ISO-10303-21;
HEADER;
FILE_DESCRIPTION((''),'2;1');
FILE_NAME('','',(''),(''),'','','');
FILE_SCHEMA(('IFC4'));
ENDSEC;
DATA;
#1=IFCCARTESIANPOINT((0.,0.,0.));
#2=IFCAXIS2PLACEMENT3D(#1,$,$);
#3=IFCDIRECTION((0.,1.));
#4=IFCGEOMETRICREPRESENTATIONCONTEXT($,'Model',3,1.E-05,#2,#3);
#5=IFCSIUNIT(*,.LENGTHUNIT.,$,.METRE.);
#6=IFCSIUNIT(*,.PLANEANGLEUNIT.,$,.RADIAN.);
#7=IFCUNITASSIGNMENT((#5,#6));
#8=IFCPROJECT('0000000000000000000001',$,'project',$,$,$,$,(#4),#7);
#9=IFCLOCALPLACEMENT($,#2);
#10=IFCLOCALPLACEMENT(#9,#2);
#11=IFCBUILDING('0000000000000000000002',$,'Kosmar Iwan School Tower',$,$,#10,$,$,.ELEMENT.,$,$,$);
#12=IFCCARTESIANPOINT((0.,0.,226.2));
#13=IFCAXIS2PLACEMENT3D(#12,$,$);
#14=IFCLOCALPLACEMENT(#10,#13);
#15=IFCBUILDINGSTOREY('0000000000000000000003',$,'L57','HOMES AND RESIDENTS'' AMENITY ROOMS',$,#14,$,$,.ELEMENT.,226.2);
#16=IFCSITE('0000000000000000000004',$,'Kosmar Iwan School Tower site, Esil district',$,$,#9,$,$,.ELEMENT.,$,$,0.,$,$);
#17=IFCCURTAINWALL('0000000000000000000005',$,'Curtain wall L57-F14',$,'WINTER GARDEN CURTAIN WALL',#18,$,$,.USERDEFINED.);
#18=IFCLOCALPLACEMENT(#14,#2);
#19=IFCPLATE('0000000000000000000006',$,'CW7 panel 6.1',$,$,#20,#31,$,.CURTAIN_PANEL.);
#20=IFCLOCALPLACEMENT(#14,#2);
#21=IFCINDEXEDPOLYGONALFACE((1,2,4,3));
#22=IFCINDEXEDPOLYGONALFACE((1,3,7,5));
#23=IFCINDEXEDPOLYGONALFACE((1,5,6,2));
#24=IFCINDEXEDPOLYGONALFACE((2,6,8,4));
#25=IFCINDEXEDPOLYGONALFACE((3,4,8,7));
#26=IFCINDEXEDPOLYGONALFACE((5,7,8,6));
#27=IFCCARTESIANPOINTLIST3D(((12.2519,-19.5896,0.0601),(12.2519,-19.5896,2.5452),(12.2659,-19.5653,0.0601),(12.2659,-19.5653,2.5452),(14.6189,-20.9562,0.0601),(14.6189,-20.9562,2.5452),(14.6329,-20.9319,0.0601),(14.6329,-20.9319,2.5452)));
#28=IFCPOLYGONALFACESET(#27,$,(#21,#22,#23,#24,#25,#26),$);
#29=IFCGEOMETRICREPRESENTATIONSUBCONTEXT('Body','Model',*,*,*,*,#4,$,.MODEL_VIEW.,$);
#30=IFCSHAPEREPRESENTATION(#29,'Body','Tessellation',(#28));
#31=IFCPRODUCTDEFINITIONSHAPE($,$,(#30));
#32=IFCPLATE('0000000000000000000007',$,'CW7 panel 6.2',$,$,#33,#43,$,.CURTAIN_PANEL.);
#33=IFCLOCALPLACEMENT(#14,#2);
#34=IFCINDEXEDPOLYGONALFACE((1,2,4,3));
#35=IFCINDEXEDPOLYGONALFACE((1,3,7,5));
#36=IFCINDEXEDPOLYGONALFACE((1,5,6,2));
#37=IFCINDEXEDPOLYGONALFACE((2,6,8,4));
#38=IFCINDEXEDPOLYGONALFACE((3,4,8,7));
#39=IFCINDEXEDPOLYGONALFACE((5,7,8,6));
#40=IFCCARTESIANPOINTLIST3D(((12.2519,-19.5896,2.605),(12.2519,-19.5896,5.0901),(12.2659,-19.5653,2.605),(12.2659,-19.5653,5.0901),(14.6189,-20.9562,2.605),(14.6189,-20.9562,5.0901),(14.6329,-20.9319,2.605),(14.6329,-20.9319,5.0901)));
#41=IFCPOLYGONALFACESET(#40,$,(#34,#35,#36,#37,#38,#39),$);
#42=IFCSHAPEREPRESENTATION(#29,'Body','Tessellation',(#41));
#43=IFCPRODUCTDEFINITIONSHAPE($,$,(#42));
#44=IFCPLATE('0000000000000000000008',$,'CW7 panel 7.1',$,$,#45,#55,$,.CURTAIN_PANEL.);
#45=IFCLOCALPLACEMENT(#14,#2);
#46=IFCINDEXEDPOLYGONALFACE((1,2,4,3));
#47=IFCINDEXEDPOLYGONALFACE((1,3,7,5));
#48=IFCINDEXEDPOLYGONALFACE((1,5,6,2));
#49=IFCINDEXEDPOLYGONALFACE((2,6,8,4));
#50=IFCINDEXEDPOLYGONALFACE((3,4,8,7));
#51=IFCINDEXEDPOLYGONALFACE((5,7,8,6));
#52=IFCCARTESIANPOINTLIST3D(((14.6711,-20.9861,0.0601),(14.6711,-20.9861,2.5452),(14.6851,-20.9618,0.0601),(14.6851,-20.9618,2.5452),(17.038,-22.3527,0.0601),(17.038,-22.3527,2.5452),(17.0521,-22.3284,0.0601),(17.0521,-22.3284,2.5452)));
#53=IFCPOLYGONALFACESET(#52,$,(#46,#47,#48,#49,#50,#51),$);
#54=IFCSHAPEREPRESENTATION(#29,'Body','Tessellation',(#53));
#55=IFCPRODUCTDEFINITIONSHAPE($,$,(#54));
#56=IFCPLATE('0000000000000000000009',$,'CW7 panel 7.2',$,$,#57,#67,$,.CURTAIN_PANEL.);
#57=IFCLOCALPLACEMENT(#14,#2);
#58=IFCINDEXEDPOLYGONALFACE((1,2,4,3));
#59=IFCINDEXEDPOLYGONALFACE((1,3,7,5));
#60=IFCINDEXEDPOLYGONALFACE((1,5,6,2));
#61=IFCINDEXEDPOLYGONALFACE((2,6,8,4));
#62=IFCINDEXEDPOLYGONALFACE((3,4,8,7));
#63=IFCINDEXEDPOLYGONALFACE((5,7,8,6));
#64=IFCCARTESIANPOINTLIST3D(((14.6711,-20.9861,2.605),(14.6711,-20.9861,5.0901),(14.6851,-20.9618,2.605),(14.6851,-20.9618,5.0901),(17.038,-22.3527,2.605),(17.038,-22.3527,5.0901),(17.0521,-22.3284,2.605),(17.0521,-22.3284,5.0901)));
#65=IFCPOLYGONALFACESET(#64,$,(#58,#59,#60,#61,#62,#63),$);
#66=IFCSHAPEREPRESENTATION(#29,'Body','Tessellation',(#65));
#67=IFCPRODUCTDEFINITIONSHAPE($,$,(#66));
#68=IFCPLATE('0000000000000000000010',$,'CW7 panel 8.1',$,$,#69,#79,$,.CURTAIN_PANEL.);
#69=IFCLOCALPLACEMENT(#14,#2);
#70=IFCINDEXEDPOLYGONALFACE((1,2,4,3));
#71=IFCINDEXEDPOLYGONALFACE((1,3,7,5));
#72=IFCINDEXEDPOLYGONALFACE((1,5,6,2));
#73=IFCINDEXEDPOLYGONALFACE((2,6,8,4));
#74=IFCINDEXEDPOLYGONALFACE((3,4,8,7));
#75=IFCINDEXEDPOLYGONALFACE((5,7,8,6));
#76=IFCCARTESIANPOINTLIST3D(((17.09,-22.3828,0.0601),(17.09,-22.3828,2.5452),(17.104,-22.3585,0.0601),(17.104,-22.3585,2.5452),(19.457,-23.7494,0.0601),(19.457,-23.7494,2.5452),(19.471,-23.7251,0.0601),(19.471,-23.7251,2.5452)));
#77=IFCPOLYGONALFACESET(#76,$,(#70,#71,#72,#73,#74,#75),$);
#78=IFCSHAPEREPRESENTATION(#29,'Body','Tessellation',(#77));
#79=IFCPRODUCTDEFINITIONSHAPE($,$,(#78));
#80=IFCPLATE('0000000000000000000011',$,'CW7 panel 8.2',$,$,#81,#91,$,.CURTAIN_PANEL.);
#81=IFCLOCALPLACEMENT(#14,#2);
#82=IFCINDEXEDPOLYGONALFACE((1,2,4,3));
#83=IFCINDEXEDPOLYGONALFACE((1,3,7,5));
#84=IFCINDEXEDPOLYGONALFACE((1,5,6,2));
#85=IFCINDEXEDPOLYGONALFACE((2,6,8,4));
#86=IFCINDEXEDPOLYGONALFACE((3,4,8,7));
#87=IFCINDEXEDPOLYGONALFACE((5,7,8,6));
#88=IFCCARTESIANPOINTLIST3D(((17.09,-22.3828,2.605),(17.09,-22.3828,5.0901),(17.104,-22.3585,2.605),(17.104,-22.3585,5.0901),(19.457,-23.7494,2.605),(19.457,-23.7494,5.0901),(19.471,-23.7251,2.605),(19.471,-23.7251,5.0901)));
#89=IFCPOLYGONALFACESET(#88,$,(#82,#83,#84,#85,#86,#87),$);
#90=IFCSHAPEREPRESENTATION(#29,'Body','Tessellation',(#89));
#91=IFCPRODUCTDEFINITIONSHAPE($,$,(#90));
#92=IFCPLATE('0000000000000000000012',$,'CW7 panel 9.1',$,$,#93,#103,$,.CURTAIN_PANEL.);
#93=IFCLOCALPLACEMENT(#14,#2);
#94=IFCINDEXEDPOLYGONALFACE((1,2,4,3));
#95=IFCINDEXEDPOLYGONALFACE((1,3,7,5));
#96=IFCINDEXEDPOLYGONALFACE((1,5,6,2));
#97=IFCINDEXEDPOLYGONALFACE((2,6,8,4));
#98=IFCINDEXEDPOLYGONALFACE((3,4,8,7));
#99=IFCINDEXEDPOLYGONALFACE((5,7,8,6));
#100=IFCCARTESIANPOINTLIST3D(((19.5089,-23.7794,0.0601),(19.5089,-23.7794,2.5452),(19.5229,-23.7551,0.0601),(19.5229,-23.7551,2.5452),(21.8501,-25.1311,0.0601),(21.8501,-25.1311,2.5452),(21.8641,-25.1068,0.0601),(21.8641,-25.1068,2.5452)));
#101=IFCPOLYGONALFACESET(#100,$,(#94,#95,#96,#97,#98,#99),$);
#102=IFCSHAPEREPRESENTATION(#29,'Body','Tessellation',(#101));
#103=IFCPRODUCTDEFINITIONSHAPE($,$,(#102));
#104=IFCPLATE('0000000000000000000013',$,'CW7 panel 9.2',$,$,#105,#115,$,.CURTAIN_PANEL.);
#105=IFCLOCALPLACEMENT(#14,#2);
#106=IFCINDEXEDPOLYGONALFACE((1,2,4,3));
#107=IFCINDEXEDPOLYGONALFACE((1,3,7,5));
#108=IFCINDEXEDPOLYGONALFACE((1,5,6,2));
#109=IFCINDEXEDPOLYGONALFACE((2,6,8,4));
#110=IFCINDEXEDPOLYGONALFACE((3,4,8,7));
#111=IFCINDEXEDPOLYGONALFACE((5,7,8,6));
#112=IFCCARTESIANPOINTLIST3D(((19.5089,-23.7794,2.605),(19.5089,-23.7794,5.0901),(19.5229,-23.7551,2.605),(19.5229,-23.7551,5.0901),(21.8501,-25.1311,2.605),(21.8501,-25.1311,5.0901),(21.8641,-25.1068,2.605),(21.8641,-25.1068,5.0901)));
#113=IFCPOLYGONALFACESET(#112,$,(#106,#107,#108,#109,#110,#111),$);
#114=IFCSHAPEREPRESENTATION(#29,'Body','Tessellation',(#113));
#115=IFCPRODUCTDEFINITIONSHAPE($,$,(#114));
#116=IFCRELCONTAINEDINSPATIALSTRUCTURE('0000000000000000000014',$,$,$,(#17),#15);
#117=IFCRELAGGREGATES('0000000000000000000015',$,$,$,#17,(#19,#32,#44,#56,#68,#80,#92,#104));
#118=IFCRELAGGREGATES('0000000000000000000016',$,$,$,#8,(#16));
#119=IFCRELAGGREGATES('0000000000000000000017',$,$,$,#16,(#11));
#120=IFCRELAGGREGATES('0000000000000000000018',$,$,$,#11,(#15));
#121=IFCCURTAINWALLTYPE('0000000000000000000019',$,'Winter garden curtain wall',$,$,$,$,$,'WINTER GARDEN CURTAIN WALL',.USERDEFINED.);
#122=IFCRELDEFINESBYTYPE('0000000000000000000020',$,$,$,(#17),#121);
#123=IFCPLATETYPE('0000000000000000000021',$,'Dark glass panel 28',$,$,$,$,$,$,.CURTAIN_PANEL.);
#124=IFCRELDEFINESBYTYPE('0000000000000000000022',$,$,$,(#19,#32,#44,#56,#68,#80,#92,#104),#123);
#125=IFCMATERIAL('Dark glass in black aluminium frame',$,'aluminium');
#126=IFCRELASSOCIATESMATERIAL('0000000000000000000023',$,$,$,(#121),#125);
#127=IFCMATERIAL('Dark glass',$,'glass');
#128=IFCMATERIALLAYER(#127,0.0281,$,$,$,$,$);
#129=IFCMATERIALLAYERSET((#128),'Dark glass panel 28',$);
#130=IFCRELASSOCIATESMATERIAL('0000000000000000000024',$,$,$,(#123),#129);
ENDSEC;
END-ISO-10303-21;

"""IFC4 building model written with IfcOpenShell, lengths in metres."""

from ifc_helpers import new_model, si_unit, direction, frame, origin, origin_2d, place, context, subcontext, project, spatial, rectangle, extrude, material, layer, layer_set, type_object, element, aggregate, save


model = new_model("IFC4")

# Units and contexts
model_context = context("Model", 3, precision=1e-05, world=origin(), true_north=direction((0.0, 1.0)))
body_context = subcontext(model_context, "Body", "Model", "MODEL_VIEW")
ifc_project = project(units=[si_unit("LENGTHUNIT", "METRE"), si_unit("PLANEANGLEUNIT", "RADIAN")], contexts=[model_context])

# Site, building, storey
site_placement = place(None, origin())
site = spatial("IfcSite", under=ifc_project, at=site_placement, Name="Kosmar Iwan School Tower site, Esil district", CompositionType="ELEMENT", RefElevation=0.0)
building_placement = place(site_placement, origin())
building = spatial("IfcBuilding", under=site, at=building_placement, Name="Kosmar Iwan School Tower", CompositionType="ELEMENT")
storey_placement = place(building_placement, frame((0.0, 0.0, 226.2)))
storey = spatial("IfcBuildingStorey", under=building, at=storey_placement, Name="L57", Description="HOMES AND RESIDENTS' AMENITY ROOMS", CompositionType="ELEMENT", Elevation=226.2)

# Curtain wall
ifc_material_1 = material(Name="Dark glass in black aluminium frame", Category="aluminium")
curtain_wall_type_1 = type_object("IfcCurtainWallType", Name="Winter garden curtain wall", ElementType="WINTER GARDEN CURTAIN WALL", PredefinedType="USERDEFINED", material=ifc_material_1)
curtain_wall_1_placement = place(storey_placement, origin())
curtain_wall_1 = element("IfcCurtainWall", 1, at=curtain_wall_1_placement, inside=storey, type_object=curtain_wall_type_1, Name="Curtain wall L57-F14", ObjectType="WINTER GARDEN CURTAIN WALL", PredefinedType="USERDEFINED")

# Plates
ifc_material_2 = material(Name="Dark glass", Category="glass")
ifc_layer = layer(ifc_material_2, 0.0281)
ifc_layer_set = layer_set([ifc_layer], Name="Dark glass panel 28")
plate_type = type_object("IfcPlateType", Name="Dark glass panel 28", PredefinedType="CURTAIN_PANEL", material=ifc_layer_set)
plate_1_placement = place(storey_placement, frame((13.4424, -20.2607, 0.0601), z_axis=(0.0, 0.0, 1.0), x_axis=(0.866025, -0.5, 0.0)))
plate_1 = element("IfcPlate", 2, at=plate_1_placement, type_object=plate_type, Name="CW7 panel 6.1", PredefinedType="CURTAIN_PANEL", context=body_context, shape_type="SweptSolid", body=[
    extrude(rectangle(XDim=2.7332, YDim=0.0281, at=origin_2d()), origin(), (0.0, 0.0, 1.0), 2.4851),
])
plate_2_placement = place(storey_placement, frame((13.4424, -20.2607, 2.605), z_axis=(0.0, 0.0, 1.0), x_axis=(0.866025, -0.5, 0.0)))
plate_2 = element("IfcPlate", 3, at=plate_2_placement, type_object=plate_type, Name="CW7 panel 6.2", PredefinedType="CURTAIN_PANEL", context=body_context, shape_type="SweptSolid", body=[
    extrude(rectangle(XDim=2.7332, YDim=0.0281, at=origin_2d()), origin(), (0.0, 0.0, 1.0), 2.4851),
])
plate_3_placement = place(storey_placement, frame((15.8616, -21.6572, 0.0601), z_axis=(0.0, 0.0, 1.0), x_axis=(0.866025, -0.5, 0.0)))
plate_3 = element("IfcPlate", 4, at=plate_3_placement, type_object=plate_type, Name="CW7 panel 7.1", PredefinedType="CURTAIN_PANEL", context=body_context, shape_type="SweptSolid", body=[
    extrude(rectangle(XDim=2.7332, YDim=0.0281, at=origin_2d()), origin(), (0.0, 0.0, 1.0), 2.4851),
])
plate_4_placement = place(storey_placement, frame((15.8616, -21.6572, 2.605), z_axis=(0.0, 0.0, 1.0), x_axis=(0.866025, -0.5, 0.0)))
plate_4 = element("IfcPlate", 5, at=plate_4_placement, type_object=plate_type, Name="CW7 panel 7.2", PredefinedType="CURTAIN_PANEL", context=body_context, shape_type="SweptSolid", body=[
    extrude(rectangle(XDim=2.7332, YDim=0.0281, at=origin_2d()), origin(), (0.0, 0.0, 1.0), 2.4851),
])
plate_5_placement = place(storey_placement, frame((18.2805, -23.054, 0.0601), z_axis=(0.0, 0.0, 1.0), x_axis=(0.866025, -0.5, 0.0)))
plate_5 = element("IfcPlate", 6, at=plate_5_placement, type_object=plate_type, Name="CW7 panel 8.1", PredefinedType="CURTAIN_PANEL", context=body_context, shape_type="SweptSolid", body=[
    extrude(rectangle(XDim=2.7332, YDim=0.0281, at=origin_2d()), origin(), (0.0, 0.0, 1.0), 2.4851),
])
plate_6_placement = place(storey_placement, frame((18.2805, -23.054, 2.605), z_axis=(0.0, 0.0, 1.0), x_axis=(0.866025, -0.5, 0.0)))
plate_6 = element("IfcPlate", 7, at=plate_6_placement, type_object=plate_type, Name="CW7 panel 8.2", PredefinedType="CURTAIN_PANEL", context=body_context, shape_type="SweptSolid", body=[
    extrude(rectangle(XDim=2.7332, YDim=0.0281, at=origin_2d()), origin(), (0.0, 0.0, 1.0), 2.4851),
])
plate_7_placement = place(storey_placement, frame((20.6865, -24.4431, 0.0601), z_axis=(0.0, 0.0, 1.0), x_axis=(0.866025, -0.5, 0.0)))
plate_7 = element("IfcPlate", 8, at=plate_7_placement, type_object=plate_type, Name="CW7 panel 9.1", PredefinedType="CURTAIN_PANEL", context=body_context, shape_type="SweptSolid", body=[
    extrude(rectangle(XDim=2.7034, YDim=0.0281, at=origin_2d()), origin(), (0.0, 0.0, 1.0), 2.4851),
])
plate_8_placement = place(storey_placement, frame((20.6865, -24.4431, 2.605), z_axis=(0.0, 0.0, 1.0), x_axis=(0.866025, -0.5, 0.0)))
plate_8 = element("IfcPlate", 9, at=plate_8_placement, type_object=plate_type, Name="CW7 panel 9.2", PredefinedType="CURTAIN_PANEL", context=body_context, shape_type="SweptSolid", body=[
    extrude(rectangle(XDim=2.7034, YDim=0.0281, at=origin_2d()), origin(), (0.0, 0.0, 1.0), 2.4851),
])
aggregate(curtain_wall_1, [plate_1, plate_2, plate_3, plate_4, plate_5, plate_6, plate_7, plate_8])

save(model, "model.ifc")
